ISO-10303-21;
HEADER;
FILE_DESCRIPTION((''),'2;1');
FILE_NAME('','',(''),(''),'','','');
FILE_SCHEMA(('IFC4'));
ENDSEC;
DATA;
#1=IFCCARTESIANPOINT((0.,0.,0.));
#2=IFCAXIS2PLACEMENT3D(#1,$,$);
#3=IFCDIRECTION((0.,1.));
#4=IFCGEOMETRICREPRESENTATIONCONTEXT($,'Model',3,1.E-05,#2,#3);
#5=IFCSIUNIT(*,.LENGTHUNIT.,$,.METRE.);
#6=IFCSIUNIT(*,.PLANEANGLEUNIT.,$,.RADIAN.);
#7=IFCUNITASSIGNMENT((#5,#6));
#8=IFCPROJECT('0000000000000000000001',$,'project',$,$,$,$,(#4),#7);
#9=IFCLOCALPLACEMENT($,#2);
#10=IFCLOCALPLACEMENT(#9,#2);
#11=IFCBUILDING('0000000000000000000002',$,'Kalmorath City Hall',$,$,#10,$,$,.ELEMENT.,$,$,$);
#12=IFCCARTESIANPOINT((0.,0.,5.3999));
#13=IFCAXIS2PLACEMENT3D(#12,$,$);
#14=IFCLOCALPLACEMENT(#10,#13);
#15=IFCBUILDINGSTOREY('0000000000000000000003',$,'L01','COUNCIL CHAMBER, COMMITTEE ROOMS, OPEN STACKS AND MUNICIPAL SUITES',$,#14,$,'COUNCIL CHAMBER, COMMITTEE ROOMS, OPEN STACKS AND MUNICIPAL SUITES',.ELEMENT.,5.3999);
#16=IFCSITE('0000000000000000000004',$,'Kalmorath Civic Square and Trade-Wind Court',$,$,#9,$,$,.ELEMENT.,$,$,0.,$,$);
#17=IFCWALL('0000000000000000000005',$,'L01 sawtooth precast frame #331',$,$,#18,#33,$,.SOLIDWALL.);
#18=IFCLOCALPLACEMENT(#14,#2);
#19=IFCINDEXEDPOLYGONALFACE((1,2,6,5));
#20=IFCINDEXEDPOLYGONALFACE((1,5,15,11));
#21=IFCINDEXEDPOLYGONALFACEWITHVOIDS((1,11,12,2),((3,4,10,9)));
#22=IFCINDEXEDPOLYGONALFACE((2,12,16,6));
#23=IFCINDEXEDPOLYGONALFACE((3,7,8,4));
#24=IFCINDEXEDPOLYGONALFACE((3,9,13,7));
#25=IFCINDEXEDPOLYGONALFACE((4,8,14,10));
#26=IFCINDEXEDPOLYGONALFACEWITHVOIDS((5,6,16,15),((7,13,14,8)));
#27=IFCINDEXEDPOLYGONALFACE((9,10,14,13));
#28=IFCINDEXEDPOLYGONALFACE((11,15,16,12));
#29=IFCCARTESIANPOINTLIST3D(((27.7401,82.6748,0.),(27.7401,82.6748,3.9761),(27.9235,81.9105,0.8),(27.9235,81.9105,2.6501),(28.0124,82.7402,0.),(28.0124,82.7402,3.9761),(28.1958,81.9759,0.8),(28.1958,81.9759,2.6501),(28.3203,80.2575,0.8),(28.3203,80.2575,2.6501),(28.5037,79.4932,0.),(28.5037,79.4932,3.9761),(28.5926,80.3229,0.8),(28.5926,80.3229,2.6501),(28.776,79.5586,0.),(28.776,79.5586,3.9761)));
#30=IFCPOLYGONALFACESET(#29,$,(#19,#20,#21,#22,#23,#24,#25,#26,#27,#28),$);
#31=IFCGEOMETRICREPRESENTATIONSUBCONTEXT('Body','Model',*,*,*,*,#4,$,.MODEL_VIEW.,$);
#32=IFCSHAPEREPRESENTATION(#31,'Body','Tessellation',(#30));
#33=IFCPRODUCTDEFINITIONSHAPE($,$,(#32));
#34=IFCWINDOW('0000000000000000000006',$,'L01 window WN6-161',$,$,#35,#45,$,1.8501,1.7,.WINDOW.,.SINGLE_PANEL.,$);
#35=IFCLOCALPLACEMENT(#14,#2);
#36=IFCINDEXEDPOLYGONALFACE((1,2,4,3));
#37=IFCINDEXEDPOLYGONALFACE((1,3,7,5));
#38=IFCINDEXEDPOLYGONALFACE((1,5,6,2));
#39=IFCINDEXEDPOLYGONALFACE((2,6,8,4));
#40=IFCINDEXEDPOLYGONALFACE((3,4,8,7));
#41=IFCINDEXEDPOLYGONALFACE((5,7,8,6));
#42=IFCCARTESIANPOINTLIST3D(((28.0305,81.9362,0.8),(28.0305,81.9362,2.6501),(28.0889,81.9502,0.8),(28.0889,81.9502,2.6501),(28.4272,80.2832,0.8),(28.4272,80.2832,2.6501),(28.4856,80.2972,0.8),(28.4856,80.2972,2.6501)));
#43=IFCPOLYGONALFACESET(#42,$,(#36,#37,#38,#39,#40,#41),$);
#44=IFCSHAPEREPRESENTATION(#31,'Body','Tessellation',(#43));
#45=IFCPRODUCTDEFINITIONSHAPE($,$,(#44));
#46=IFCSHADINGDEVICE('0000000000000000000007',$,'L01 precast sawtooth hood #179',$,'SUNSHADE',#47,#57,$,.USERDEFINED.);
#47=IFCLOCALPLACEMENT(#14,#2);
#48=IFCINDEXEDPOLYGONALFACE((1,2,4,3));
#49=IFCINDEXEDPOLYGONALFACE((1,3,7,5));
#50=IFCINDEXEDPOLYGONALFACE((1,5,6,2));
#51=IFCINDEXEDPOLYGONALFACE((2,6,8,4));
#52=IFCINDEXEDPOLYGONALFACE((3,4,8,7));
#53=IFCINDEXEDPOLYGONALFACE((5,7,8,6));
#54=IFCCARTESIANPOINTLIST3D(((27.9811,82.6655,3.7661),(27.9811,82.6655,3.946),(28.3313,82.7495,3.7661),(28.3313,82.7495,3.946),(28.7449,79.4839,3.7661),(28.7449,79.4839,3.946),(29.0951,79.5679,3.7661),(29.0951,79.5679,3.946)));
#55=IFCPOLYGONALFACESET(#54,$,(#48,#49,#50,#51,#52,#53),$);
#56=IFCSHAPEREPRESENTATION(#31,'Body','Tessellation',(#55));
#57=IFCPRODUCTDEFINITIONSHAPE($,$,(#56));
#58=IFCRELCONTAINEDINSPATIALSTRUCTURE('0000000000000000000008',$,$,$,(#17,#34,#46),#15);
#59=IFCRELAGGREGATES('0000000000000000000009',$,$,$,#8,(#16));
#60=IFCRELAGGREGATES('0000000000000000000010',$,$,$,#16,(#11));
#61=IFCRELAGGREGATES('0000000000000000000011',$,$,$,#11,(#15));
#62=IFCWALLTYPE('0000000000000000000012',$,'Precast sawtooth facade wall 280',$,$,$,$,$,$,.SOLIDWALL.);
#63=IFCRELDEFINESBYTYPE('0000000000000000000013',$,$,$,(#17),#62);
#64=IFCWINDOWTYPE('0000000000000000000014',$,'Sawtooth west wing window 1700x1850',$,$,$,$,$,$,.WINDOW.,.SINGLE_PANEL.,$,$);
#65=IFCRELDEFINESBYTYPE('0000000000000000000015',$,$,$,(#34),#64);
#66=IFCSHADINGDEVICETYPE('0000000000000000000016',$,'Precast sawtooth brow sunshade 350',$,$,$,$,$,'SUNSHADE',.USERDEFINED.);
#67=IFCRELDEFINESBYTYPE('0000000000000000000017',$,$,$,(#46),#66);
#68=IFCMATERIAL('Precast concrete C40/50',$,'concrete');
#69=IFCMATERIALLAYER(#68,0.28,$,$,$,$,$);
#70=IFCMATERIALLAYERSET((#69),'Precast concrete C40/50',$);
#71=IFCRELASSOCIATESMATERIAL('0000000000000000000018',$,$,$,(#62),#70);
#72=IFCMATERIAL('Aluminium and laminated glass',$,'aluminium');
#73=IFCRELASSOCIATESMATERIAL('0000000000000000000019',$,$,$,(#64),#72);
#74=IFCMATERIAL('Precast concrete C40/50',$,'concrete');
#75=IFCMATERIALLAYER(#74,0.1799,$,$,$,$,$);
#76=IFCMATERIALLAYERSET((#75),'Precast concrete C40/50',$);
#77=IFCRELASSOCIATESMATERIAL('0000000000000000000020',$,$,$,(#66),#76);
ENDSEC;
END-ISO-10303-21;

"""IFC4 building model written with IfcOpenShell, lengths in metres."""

from ifc_helpers import new_model, si_unit, direction, frame, frame_2d, origin, origin_2d, place, context, subcontext, project, spatial, rectangle, extrude, material, layer, layer_set, type_object, element, fill, save


model = new_model("IFC4")

# Units and contexts
model_context = context("Model", 3, precision=1e-05, world=origin(), true_north=direction((0.0, 1.0)))
body_context = subcontext(model_context, "Body", "Model", "MODEL_VIEW")
ifc_project = project(units=[si_unit("LENGTHUNIT", "METRE"), si_unit("PLANEANGLEUNIT", "RADIAN")], contexts=[model_context])

# Site, building, storey
site_placement = place(None, origin())
site = spatial("IfcSite", under=ifc_project, at=site_placement, Name="Kalmorath Civic Square and Trade-Wind Court", CompositionType="ELEMENT", RefElevation=0.0)
building_placement = place(site_placement, origin())
building = spatial("IfcBuilding", under=site, at=building_placement, Name="Kalmorath City Hall", CompositionType="ELEMENT")
storey_placement = place(building_placement, frame((0.0, 0.0, 5.3999)))
storey = spatial("IfcBuildingStorey", under=building, at=storey_placement, Name="L01", Description="COUNCIL CHAMBER, COMMITTEE ROOMS, OPEN STACKS AND MUNICIPAL SUITES", LongName="COUNCIL CHAMBER, COMMITTEE ROOMS, OPEN STACKS AND MUNICIPAL SUITES", CompositionType="ELEMENT", Elevation=5.3999)

# Wall, opening, window
ifc_material_1 = material(Name="Precast concrete C40/50", Category="concrete")
ifc_layer_1 = layer(ifc_material_1, 0.28)
ifc_layer_set_1 = layer_set([ifc_layer_1], Name="Precast concrete C40/50")
wall_type_1 = type_object("IfcWallType", Name="Precast sawtooth facade wall 280", PredefinedType="SOLIDWALL", material=ifc_layer_set_1)
wall_1_placement = place(storey_placement, frame((27.8762, 82.7075, 0.0), z_axis=(0.0, 0.0, 1.0), x_axis=(0.233396, -0.972382, 0.0)))
wall_1 = element("IfcWall", 1, at=wall_1_placement, inside=storey, type_object=wall_type_1, Name="L01 sawtooth precast frame #331", PredefinedType="SOLIDWALL", context=body_context, shape_type="SweptSolid", body=[
    extrude(rectangle(XDim=3.272, YDim=0.28, at=frame_2d((1.636, 0.0))), origin(), (0.0, 0.0, 1.0), 3.9761),
])
opening_1_placement = place(wall_1_placement, frame((0.7859, 0.0, 0.8)))
opening_1 = element("IfcOpeningElement", 2, at=opening_1_placement, cuts=wall_1, PredefinedType="OPENING", context=body_context, shape_type="SweptSolid", body=[
    extrude(rectangle(XDim=1.7, YDim=1.8501, at=frame_2d((0.8501, 0.925))), frame((0.0, 0.1499, 0.0), z_axis=(0.0, -1.0, 0.0), x_axis=(1.0, 0.0, 0.0)), (0.0, 0.0, 1.0), 0.3),
])
ifc_material_2 = material(Name="Aluminium and laminated glass", Category="aluminium")
window_type = type_object("IfcWindowType", Name="Sawtooth west wing window 1700x1850", PartitioningType="SINGLE_PANEL", PredefinedType="WINDOW", material=ifc_material_2)
window_placement = place(opening_1_placement, origin())
window = element("IfcWindow", 3, at=window_placement, inside=storey, type_object=window_type, Name="L01 window WN6-161", OverallHeight=1.8501, OverallWidth=1.7, PartitioningType="SINGLE_PANEL", PredefinedType="WINDOW", context=body_context, shape_type="SweptSolid", body=[
    extrude(rectangle(XDim=1.7, YDim=1.8501, at=frame_2d((0.8501, 0.925))), frame((0.0, 0.03, 0.0), z_axis=(0.0, -1.0, 0.0), x_axis=(1.0, 0.0, 0.0)), (0.0, 0.0, 1.0), 0.0601),
])
fill(opening_1, window)

# Shading device
ifc_material_3 = material(Name="Precast concrete C40/50", Category="concrete")
ifc_layer_2 = layer(ifc_material_3, 0.1799)
ifc_layer_set_2 = layer_set([ifc_layer_2], Name="Precast concrete C40/50")
shading_device_type = type_object("IfcShadingDeviceType", Name="Precast sawtooth brow sunshade 350", ElementType="SUNSHADE", PredefinedType="USERDEFINED", material=ifc_layer_set_2)
shading_device_placement = place(storey_placement, frame((28.5381, 81.1167, 3.7661), z_axis=(0.0, 0.0, 1.0), x_axis=(0.233445, -0.97237, 0.0)))
element("IfcShadingDevice", 4, at=shading_device_placement, inside=storey, type_object=shading_device_type, Name="L01 precast sawtooth hood #179", ObjectType="SUNSHADE", PredefinedType="USERDEFINED", context=body_context, shape_type="SweptSolid", body=[
    extrude(rectangle(XDim=3.272, YDim=0.3601, at=origin_2d()), origin(), (0.0, 0.0, 1.0), 0.1799),
])

save(model, "model.ifc")
